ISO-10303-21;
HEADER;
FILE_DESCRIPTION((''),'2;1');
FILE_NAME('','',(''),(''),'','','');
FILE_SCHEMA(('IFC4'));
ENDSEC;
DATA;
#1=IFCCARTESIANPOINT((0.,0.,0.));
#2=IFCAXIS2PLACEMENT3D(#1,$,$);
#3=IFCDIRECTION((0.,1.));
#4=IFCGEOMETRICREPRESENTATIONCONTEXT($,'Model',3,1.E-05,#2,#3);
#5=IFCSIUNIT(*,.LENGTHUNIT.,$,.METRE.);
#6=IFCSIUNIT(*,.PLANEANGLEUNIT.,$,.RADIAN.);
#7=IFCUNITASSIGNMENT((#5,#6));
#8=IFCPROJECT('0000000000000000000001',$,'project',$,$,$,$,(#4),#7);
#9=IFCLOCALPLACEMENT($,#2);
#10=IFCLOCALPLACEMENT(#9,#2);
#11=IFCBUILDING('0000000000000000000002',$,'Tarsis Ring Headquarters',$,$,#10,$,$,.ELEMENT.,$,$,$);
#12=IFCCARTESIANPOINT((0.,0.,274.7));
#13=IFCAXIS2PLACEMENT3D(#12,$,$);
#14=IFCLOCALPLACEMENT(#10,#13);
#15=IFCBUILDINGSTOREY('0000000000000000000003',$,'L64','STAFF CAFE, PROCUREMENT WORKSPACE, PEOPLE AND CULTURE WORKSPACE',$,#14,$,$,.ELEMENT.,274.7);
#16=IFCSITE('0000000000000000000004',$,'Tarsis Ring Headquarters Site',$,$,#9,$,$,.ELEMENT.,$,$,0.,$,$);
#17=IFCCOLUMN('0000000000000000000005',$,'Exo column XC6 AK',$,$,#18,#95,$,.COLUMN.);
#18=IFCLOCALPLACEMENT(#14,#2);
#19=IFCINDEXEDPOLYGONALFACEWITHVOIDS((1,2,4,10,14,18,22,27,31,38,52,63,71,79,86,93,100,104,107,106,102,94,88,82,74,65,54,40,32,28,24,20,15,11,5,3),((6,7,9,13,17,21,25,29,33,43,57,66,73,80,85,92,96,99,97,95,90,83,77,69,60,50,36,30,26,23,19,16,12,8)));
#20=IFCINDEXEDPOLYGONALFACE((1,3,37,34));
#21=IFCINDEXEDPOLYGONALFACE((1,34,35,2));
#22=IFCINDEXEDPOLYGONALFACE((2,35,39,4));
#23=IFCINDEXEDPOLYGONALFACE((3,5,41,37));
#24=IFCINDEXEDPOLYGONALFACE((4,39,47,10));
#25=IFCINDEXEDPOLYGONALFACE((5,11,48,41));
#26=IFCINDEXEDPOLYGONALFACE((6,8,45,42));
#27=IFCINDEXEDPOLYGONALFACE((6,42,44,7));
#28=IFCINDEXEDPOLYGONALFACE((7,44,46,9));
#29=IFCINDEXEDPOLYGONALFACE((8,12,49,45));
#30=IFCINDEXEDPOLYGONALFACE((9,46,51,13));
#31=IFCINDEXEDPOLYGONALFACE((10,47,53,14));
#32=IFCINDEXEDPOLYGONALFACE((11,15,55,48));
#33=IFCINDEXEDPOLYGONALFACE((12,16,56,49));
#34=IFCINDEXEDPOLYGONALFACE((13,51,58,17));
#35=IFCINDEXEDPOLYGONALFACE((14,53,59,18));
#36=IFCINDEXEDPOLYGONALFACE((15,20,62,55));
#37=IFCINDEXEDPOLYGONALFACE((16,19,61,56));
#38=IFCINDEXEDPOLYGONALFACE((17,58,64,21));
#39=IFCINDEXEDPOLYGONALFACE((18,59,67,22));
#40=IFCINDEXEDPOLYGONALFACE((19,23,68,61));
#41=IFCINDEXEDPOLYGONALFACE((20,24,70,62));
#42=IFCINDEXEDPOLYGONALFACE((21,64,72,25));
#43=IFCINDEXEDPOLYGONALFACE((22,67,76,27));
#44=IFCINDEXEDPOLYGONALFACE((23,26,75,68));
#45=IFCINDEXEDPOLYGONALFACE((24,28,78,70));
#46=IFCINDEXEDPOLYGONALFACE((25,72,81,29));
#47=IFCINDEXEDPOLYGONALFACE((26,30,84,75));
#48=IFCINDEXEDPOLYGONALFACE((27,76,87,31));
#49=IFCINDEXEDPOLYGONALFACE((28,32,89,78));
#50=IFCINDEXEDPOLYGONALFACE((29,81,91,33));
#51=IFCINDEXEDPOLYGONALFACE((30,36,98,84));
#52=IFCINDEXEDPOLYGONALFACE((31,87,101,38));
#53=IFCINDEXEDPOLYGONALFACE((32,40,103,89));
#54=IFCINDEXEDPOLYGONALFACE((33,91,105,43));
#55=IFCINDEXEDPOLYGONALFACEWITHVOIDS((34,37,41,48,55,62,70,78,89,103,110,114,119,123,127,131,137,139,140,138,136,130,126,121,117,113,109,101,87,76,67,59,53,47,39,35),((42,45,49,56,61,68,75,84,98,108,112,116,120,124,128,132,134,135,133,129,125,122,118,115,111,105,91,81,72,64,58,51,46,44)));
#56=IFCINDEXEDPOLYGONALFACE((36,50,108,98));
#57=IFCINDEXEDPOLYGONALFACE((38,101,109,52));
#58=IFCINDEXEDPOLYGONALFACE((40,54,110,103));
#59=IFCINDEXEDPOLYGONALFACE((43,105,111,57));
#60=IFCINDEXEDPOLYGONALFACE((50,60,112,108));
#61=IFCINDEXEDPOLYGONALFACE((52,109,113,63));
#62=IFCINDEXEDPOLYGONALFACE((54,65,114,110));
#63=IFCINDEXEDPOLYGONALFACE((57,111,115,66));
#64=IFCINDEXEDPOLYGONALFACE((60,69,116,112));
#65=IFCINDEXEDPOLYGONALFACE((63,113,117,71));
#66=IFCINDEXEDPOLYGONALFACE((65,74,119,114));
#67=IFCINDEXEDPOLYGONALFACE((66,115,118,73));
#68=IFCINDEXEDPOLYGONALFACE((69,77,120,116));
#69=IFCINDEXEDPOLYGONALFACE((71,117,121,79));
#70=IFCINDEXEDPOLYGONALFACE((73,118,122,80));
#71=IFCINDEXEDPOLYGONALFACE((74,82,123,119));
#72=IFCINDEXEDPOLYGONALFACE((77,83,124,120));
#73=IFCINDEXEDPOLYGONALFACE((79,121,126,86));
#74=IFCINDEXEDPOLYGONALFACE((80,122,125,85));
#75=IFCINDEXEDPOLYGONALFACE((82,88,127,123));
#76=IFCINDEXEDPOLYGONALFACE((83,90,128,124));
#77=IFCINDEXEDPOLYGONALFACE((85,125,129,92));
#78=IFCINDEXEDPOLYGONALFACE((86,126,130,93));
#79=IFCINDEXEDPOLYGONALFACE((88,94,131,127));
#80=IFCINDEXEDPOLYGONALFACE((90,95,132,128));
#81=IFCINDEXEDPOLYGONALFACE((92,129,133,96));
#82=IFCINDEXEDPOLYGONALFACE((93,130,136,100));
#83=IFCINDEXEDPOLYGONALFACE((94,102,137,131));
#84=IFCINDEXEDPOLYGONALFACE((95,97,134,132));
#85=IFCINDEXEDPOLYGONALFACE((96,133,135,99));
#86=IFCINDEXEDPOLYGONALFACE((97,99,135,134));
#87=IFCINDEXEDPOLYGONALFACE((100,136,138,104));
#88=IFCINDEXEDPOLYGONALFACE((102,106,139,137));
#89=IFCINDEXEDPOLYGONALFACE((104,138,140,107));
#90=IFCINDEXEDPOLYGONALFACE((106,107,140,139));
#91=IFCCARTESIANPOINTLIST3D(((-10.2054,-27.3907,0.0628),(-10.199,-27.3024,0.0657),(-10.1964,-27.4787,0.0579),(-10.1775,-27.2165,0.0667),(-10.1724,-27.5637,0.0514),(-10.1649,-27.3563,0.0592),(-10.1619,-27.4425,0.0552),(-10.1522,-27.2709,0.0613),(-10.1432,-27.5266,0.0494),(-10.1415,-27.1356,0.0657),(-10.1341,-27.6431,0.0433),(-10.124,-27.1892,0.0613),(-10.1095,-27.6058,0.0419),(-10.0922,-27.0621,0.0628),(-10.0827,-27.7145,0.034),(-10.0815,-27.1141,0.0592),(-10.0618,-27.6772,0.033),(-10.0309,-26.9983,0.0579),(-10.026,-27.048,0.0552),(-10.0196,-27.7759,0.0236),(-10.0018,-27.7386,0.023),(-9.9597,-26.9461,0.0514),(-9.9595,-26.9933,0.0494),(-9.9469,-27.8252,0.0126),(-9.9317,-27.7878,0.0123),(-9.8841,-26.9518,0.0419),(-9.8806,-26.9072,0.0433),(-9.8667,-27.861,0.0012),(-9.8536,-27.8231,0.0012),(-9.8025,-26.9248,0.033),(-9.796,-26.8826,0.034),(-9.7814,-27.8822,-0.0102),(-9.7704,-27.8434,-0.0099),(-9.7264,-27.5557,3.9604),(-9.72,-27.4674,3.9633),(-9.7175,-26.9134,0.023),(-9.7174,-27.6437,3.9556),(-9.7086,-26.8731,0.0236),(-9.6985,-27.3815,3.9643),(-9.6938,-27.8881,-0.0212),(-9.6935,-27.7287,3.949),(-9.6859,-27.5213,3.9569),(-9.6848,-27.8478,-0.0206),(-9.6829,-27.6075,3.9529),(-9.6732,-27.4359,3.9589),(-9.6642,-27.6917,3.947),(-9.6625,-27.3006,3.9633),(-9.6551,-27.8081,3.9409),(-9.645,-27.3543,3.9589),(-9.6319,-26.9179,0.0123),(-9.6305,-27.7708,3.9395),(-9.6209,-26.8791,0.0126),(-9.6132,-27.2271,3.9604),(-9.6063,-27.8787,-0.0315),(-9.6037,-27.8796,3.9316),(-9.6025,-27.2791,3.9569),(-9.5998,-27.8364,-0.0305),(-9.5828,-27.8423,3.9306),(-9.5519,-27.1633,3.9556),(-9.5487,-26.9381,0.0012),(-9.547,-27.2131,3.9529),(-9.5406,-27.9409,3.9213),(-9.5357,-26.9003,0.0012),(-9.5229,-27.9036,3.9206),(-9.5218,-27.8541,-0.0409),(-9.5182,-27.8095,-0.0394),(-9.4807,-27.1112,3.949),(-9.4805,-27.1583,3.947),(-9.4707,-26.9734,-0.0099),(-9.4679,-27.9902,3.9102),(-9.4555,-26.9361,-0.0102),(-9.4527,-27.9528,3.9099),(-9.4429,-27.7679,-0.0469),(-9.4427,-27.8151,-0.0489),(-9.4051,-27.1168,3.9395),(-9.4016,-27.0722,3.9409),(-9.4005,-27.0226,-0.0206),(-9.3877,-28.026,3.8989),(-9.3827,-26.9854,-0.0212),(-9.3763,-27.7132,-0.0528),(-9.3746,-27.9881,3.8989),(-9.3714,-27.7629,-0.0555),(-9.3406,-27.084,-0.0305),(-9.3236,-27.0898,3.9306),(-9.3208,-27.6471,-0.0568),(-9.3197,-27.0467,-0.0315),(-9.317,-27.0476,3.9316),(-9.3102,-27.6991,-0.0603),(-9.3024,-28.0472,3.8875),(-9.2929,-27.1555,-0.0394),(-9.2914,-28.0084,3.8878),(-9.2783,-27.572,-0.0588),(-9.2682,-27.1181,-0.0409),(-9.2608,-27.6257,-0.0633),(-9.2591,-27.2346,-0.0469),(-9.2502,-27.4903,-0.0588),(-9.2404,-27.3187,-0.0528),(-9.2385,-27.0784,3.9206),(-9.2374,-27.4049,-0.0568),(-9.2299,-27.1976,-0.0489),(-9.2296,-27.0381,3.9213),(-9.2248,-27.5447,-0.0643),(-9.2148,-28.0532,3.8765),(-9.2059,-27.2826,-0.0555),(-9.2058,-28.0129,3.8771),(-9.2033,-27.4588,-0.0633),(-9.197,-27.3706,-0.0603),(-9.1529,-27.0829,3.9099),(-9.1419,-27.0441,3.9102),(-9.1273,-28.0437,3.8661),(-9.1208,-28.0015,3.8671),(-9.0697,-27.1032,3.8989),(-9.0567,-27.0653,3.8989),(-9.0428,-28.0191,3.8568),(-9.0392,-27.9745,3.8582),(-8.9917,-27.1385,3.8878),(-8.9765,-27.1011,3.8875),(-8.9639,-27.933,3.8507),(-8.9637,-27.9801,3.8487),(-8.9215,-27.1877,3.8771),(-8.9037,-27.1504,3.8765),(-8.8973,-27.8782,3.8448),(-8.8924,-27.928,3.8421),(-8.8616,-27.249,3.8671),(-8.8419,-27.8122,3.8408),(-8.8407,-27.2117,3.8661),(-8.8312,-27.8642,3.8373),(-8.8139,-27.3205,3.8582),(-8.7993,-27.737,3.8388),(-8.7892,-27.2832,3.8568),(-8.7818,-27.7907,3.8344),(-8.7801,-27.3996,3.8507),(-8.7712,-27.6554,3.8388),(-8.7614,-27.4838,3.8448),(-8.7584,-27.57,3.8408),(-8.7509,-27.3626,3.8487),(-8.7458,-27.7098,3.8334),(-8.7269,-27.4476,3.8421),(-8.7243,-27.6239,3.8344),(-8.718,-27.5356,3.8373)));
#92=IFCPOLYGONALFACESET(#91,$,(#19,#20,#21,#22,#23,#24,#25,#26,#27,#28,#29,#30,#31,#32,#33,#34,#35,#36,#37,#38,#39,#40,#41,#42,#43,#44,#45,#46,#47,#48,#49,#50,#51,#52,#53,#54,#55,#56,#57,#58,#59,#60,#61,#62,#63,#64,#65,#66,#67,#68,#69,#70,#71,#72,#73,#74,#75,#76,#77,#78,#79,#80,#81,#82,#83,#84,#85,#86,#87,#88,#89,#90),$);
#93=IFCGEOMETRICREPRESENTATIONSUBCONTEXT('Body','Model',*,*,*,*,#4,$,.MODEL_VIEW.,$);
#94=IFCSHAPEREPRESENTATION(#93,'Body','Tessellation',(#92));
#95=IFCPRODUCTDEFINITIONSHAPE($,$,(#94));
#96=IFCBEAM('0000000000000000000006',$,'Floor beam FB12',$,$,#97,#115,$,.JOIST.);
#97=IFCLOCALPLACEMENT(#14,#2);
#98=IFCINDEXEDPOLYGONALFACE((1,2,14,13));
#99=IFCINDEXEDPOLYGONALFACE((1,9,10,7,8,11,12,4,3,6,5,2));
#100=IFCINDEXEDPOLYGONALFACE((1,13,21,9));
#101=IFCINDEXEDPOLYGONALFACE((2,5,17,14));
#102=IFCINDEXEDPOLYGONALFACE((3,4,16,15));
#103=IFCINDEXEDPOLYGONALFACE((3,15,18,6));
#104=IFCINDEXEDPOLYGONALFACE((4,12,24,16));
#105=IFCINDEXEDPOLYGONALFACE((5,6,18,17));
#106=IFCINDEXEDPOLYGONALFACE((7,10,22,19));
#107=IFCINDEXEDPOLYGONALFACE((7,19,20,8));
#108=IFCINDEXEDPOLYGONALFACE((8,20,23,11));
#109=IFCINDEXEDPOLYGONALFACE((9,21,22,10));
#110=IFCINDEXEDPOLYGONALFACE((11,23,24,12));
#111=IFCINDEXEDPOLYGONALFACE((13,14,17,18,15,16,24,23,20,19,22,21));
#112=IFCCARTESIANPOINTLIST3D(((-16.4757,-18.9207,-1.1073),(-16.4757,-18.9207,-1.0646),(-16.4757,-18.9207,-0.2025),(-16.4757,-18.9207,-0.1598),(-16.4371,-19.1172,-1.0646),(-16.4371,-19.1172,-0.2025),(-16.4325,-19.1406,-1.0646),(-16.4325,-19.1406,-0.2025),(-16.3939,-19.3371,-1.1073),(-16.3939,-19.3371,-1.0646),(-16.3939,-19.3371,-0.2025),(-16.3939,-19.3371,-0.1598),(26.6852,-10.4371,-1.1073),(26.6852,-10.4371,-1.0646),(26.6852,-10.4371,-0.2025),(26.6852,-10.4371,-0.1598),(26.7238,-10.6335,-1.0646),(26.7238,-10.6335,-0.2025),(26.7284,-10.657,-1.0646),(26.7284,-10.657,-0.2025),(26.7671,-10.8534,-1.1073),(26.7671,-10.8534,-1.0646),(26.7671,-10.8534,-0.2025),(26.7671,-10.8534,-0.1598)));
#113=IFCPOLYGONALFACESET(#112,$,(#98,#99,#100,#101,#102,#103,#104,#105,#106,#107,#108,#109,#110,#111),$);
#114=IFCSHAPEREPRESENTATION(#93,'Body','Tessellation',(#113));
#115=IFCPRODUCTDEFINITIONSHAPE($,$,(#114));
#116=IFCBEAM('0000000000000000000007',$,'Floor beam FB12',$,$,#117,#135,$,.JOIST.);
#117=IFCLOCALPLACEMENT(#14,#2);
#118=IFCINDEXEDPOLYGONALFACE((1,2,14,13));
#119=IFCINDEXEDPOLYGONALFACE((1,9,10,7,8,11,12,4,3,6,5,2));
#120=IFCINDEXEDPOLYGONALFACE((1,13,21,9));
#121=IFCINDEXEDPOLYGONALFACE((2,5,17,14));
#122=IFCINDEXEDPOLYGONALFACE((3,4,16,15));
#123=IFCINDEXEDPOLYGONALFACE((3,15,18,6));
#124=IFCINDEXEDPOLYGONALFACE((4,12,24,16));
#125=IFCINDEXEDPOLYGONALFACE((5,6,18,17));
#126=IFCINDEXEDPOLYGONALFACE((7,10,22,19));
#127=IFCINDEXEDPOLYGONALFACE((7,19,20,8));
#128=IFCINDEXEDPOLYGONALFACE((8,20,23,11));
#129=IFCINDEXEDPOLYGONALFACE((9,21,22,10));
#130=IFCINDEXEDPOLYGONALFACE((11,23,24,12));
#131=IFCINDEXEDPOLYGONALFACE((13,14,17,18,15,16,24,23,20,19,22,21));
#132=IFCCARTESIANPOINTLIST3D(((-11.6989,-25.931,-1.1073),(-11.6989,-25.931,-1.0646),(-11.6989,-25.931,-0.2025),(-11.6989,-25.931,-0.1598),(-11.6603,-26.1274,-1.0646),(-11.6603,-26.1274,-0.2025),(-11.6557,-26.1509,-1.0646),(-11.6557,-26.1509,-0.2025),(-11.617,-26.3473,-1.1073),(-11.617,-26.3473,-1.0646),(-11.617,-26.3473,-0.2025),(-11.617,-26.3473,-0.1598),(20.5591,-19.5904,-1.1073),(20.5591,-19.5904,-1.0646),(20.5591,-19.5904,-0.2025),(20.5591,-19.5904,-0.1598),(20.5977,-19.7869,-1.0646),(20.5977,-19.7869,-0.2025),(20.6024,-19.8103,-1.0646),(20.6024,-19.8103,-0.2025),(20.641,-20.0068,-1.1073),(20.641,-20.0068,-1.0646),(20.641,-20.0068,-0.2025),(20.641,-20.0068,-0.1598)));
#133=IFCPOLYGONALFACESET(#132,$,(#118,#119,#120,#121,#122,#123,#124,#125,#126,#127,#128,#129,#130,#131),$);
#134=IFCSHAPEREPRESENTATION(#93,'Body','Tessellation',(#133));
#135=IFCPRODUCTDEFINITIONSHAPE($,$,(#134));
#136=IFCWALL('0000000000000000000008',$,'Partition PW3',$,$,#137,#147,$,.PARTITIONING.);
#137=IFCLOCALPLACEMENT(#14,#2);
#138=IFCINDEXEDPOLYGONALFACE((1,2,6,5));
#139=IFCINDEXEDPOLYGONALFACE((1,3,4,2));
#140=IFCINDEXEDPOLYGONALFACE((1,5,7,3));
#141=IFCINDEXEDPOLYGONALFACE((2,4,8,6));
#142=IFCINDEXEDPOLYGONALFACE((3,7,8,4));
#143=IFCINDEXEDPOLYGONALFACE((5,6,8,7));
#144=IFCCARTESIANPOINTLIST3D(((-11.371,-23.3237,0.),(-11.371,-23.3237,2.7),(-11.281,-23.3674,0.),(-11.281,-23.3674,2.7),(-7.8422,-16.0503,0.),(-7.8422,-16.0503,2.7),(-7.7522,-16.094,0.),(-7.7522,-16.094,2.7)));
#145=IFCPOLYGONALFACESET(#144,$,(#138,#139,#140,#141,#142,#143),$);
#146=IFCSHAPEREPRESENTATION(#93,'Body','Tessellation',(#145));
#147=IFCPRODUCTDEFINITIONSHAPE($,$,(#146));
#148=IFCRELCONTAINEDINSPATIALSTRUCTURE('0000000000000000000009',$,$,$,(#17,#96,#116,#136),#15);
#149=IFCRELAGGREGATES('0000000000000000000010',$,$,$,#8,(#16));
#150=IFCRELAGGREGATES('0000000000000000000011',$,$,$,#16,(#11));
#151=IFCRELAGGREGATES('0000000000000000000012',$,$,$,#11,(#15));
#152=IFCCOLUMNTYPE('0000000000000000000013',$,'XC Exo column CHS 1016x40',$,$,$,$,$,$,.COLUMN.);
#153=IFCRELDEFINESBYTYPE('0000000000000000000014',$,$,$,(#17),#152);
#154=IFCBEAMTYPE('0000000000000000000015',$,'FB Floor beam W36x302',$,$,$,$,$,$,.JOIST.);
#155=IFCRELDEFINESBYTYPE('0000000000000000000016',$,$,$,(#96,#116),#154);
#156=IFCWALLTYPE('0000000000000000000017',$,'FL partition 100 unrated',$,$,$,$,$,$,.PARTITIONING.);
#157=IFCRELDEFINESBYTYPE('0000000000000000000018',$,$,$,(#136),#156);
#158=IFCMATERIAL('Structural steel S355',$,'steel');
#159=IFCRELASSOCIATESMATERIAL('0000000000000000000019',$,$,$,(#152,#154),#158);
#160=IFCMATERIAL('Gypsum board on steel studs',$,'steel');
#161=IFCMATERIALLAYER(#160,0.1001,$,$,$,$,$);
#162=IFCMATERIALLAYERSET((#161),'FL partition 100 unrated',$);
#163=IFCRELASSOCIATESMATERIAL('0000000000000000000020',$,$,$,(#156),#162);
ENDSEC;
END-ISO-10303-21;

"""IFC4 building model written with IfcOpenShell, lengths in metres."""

from ifc_helpers import new_model, si_unit, direction, frame, frame_2d, origin, origin_2d, place, context, subcontext, project, spatial, rectangle, hollow_circle, i_section, extrude, material, layer, layer_set, material_profile, profile_set, type_object, element, save


model = new_model("IFC4")

# Units and contexts
model_context = context("Model", 3, precision=1e-05, world=origin(), true_north=direction((0.0, 1.0)))
body_context = subcontext(model_context, "Body", "Model", "MODEL_VIEW")
ifc_project = project(units=[si_unit("LENGTHUNIT", "METRE"), si_unit("PLANEANGLEUNIT", "RADIAN")], contexts=[model_context])

# Site, building, storey
site_placement = place(None, origin())
site = spatial("IfcSite", under=ifc_project, at=site_placement, Name="Tarsis Ring Headquarters Site", CompositionType="ELEMENT", RefElevation=0.0)
building_placement = place(site_placement, origin())
building = spatial("IfcBuilding", under=site, at=building_placement, Name="Tarsis Ring Headquarters", CompositionType="ELEMENT")
storey_placement = place(building_placement, frame((0.0, 0.0, 274.7)))
storey = spatial("IfcBuildingStorey", under=building, at=storey_placement, Name="L64", Description="STAFF CAFE, PROCUREMENT WORKSPACE, PEOPLE AND CULTURE WORKSPACE", CompositionType="ELEMENT", Elevation=274.7)

# Column
ifc_material_1 = material(Name="Structural steel S355", Category="steel")
ifc_material_profile_1 = material_profile(ifc_material_1, hollow_circle(Radius=0.5081, WallThickness=0.04, at=origin_2d()), Name="CHS 1016x40")
ifc_profile_set_1 = profile_set([ifc_material_profile_1], Name="Structural steel S355")
column_type = type_object("IfcColumnType", Name="XC Exo column CHS 1016x40", PredefinedType="COLUMN", material=ifc_profile_set_1)
column_placement = place(storey_placement, frame((-9.7012, -27.3806, 0.0012), z_axis=(0.121869, -0.041989, 0.991658), x_axis=(0.325753, 0.945455, 0.0)))
element("IfcColumn", 1, at=column_placement, inside=storey, type_object=column_type, Name="Exo column XC6 AK", PredefinedType="COLUMN", context=body_context, shape_type="SweptSolid", body=[
    extrude(hollow_circle(Radius=0.5081, WallThickness=0.04, at=origin_2d()), origin(), (0.0, 0.0, 1.0), 3.9304),
])

# Beams
ifc_material_profile_2 = material_profile(ifc_material_1, i_section(OverallWidth=0.4243, OverallDepth=0.9475, WebThickness=0.0239, FlangeThickness=0.0427, at=origin_2d()), Name="W36x302")
ifc_profile_set_2 = profile_set([ifc_material_profile_2], Name="Structural steel S355")
beam_type = type_object("IfcBeamType", Name="FB Floor beam W36x302", PredefinedType="JOIST", material=ifc_profile_set_2)
beam_1_placement = place(storey_placement, frame((-16.4348, -19.1289, -0.6335), z_axis=(0.981225, 0.192868, 0.0), x_axis=(-0.192868, 0.981225, 0.0)))
element("IfcBeam", 2, at=beam_1_placement, inside=storey, type_object=beam_type, Name="Floor beam FB12", PredefinedType="JOIST", context=body_context, shape_type="SweptSolid", body=[
    extrude(i_section(OverallWidth=0.4243, OverallDepth=0.9475, WebThickness=0.0239, FlangeThickness=0.0427, at=origin_2d()), origin(), (0.0, 0.0, 1.0), 43.9868),
])
beam_2_placement = place(storey_placement, frame((-11.658, -26.1392, -0.6335), z_axis=(0.981225, 0.192867, 0.0), x_axis=(-0.192867, 0.981225, 0.0)))
element("IfcBeam", 3, at=beam_2_placement, inside=storey, type_object=beam_type, Name="Floor beam FB12", PredefinedType="JOIST", context=body_context, shape_type="SweptSolid", body=[
    extrude(i_section(OverallWidth=0.4243, OverallDepth=0.9475, WebThickness=0.0239, FlangeThickness=0.0427, at=origin_2d()), origin(), (0.0, 0.0, 1.0), 32.8752),
])

# Wall
ifc_material_2 = material(Name="Gypsum board on steel studs", Category="steel")
ifc_layer_1 = layer(ifc_material_2, 0.1001)
ifc_layer_set_1 = layer_set([ifc_layer_1], Name="FL partition 100 unrated")
wall_type_1 = type_object("IfcWallType", Name="FL partition 100 unrated", PredefinedType="PARTITIONING", material=ifc_layer_set_1)
wall_1_placement = place(storey_placement, frame((-11.3259, -23.3455, 0.0), z_axis=(0.0, 0.0, 1.0), x_axis=(0.436503, 0.899703, 0.0)))
element("IfcWall", 4, at=wall_1_placement, inside=storey, type_object=wall_type_1, Name="Partition PW3", PredefinedType="PARTITIONING", context=body_context, shape_type="SweptSolid", body=[
    extrude(rectangle(XDim=8.0842, YDim=0.1001, at=frame_2d((4.042, 0.0))), origin(), (0.0, 0.0, 1.0), 2.7),
])

save(model, "model.ifc")
